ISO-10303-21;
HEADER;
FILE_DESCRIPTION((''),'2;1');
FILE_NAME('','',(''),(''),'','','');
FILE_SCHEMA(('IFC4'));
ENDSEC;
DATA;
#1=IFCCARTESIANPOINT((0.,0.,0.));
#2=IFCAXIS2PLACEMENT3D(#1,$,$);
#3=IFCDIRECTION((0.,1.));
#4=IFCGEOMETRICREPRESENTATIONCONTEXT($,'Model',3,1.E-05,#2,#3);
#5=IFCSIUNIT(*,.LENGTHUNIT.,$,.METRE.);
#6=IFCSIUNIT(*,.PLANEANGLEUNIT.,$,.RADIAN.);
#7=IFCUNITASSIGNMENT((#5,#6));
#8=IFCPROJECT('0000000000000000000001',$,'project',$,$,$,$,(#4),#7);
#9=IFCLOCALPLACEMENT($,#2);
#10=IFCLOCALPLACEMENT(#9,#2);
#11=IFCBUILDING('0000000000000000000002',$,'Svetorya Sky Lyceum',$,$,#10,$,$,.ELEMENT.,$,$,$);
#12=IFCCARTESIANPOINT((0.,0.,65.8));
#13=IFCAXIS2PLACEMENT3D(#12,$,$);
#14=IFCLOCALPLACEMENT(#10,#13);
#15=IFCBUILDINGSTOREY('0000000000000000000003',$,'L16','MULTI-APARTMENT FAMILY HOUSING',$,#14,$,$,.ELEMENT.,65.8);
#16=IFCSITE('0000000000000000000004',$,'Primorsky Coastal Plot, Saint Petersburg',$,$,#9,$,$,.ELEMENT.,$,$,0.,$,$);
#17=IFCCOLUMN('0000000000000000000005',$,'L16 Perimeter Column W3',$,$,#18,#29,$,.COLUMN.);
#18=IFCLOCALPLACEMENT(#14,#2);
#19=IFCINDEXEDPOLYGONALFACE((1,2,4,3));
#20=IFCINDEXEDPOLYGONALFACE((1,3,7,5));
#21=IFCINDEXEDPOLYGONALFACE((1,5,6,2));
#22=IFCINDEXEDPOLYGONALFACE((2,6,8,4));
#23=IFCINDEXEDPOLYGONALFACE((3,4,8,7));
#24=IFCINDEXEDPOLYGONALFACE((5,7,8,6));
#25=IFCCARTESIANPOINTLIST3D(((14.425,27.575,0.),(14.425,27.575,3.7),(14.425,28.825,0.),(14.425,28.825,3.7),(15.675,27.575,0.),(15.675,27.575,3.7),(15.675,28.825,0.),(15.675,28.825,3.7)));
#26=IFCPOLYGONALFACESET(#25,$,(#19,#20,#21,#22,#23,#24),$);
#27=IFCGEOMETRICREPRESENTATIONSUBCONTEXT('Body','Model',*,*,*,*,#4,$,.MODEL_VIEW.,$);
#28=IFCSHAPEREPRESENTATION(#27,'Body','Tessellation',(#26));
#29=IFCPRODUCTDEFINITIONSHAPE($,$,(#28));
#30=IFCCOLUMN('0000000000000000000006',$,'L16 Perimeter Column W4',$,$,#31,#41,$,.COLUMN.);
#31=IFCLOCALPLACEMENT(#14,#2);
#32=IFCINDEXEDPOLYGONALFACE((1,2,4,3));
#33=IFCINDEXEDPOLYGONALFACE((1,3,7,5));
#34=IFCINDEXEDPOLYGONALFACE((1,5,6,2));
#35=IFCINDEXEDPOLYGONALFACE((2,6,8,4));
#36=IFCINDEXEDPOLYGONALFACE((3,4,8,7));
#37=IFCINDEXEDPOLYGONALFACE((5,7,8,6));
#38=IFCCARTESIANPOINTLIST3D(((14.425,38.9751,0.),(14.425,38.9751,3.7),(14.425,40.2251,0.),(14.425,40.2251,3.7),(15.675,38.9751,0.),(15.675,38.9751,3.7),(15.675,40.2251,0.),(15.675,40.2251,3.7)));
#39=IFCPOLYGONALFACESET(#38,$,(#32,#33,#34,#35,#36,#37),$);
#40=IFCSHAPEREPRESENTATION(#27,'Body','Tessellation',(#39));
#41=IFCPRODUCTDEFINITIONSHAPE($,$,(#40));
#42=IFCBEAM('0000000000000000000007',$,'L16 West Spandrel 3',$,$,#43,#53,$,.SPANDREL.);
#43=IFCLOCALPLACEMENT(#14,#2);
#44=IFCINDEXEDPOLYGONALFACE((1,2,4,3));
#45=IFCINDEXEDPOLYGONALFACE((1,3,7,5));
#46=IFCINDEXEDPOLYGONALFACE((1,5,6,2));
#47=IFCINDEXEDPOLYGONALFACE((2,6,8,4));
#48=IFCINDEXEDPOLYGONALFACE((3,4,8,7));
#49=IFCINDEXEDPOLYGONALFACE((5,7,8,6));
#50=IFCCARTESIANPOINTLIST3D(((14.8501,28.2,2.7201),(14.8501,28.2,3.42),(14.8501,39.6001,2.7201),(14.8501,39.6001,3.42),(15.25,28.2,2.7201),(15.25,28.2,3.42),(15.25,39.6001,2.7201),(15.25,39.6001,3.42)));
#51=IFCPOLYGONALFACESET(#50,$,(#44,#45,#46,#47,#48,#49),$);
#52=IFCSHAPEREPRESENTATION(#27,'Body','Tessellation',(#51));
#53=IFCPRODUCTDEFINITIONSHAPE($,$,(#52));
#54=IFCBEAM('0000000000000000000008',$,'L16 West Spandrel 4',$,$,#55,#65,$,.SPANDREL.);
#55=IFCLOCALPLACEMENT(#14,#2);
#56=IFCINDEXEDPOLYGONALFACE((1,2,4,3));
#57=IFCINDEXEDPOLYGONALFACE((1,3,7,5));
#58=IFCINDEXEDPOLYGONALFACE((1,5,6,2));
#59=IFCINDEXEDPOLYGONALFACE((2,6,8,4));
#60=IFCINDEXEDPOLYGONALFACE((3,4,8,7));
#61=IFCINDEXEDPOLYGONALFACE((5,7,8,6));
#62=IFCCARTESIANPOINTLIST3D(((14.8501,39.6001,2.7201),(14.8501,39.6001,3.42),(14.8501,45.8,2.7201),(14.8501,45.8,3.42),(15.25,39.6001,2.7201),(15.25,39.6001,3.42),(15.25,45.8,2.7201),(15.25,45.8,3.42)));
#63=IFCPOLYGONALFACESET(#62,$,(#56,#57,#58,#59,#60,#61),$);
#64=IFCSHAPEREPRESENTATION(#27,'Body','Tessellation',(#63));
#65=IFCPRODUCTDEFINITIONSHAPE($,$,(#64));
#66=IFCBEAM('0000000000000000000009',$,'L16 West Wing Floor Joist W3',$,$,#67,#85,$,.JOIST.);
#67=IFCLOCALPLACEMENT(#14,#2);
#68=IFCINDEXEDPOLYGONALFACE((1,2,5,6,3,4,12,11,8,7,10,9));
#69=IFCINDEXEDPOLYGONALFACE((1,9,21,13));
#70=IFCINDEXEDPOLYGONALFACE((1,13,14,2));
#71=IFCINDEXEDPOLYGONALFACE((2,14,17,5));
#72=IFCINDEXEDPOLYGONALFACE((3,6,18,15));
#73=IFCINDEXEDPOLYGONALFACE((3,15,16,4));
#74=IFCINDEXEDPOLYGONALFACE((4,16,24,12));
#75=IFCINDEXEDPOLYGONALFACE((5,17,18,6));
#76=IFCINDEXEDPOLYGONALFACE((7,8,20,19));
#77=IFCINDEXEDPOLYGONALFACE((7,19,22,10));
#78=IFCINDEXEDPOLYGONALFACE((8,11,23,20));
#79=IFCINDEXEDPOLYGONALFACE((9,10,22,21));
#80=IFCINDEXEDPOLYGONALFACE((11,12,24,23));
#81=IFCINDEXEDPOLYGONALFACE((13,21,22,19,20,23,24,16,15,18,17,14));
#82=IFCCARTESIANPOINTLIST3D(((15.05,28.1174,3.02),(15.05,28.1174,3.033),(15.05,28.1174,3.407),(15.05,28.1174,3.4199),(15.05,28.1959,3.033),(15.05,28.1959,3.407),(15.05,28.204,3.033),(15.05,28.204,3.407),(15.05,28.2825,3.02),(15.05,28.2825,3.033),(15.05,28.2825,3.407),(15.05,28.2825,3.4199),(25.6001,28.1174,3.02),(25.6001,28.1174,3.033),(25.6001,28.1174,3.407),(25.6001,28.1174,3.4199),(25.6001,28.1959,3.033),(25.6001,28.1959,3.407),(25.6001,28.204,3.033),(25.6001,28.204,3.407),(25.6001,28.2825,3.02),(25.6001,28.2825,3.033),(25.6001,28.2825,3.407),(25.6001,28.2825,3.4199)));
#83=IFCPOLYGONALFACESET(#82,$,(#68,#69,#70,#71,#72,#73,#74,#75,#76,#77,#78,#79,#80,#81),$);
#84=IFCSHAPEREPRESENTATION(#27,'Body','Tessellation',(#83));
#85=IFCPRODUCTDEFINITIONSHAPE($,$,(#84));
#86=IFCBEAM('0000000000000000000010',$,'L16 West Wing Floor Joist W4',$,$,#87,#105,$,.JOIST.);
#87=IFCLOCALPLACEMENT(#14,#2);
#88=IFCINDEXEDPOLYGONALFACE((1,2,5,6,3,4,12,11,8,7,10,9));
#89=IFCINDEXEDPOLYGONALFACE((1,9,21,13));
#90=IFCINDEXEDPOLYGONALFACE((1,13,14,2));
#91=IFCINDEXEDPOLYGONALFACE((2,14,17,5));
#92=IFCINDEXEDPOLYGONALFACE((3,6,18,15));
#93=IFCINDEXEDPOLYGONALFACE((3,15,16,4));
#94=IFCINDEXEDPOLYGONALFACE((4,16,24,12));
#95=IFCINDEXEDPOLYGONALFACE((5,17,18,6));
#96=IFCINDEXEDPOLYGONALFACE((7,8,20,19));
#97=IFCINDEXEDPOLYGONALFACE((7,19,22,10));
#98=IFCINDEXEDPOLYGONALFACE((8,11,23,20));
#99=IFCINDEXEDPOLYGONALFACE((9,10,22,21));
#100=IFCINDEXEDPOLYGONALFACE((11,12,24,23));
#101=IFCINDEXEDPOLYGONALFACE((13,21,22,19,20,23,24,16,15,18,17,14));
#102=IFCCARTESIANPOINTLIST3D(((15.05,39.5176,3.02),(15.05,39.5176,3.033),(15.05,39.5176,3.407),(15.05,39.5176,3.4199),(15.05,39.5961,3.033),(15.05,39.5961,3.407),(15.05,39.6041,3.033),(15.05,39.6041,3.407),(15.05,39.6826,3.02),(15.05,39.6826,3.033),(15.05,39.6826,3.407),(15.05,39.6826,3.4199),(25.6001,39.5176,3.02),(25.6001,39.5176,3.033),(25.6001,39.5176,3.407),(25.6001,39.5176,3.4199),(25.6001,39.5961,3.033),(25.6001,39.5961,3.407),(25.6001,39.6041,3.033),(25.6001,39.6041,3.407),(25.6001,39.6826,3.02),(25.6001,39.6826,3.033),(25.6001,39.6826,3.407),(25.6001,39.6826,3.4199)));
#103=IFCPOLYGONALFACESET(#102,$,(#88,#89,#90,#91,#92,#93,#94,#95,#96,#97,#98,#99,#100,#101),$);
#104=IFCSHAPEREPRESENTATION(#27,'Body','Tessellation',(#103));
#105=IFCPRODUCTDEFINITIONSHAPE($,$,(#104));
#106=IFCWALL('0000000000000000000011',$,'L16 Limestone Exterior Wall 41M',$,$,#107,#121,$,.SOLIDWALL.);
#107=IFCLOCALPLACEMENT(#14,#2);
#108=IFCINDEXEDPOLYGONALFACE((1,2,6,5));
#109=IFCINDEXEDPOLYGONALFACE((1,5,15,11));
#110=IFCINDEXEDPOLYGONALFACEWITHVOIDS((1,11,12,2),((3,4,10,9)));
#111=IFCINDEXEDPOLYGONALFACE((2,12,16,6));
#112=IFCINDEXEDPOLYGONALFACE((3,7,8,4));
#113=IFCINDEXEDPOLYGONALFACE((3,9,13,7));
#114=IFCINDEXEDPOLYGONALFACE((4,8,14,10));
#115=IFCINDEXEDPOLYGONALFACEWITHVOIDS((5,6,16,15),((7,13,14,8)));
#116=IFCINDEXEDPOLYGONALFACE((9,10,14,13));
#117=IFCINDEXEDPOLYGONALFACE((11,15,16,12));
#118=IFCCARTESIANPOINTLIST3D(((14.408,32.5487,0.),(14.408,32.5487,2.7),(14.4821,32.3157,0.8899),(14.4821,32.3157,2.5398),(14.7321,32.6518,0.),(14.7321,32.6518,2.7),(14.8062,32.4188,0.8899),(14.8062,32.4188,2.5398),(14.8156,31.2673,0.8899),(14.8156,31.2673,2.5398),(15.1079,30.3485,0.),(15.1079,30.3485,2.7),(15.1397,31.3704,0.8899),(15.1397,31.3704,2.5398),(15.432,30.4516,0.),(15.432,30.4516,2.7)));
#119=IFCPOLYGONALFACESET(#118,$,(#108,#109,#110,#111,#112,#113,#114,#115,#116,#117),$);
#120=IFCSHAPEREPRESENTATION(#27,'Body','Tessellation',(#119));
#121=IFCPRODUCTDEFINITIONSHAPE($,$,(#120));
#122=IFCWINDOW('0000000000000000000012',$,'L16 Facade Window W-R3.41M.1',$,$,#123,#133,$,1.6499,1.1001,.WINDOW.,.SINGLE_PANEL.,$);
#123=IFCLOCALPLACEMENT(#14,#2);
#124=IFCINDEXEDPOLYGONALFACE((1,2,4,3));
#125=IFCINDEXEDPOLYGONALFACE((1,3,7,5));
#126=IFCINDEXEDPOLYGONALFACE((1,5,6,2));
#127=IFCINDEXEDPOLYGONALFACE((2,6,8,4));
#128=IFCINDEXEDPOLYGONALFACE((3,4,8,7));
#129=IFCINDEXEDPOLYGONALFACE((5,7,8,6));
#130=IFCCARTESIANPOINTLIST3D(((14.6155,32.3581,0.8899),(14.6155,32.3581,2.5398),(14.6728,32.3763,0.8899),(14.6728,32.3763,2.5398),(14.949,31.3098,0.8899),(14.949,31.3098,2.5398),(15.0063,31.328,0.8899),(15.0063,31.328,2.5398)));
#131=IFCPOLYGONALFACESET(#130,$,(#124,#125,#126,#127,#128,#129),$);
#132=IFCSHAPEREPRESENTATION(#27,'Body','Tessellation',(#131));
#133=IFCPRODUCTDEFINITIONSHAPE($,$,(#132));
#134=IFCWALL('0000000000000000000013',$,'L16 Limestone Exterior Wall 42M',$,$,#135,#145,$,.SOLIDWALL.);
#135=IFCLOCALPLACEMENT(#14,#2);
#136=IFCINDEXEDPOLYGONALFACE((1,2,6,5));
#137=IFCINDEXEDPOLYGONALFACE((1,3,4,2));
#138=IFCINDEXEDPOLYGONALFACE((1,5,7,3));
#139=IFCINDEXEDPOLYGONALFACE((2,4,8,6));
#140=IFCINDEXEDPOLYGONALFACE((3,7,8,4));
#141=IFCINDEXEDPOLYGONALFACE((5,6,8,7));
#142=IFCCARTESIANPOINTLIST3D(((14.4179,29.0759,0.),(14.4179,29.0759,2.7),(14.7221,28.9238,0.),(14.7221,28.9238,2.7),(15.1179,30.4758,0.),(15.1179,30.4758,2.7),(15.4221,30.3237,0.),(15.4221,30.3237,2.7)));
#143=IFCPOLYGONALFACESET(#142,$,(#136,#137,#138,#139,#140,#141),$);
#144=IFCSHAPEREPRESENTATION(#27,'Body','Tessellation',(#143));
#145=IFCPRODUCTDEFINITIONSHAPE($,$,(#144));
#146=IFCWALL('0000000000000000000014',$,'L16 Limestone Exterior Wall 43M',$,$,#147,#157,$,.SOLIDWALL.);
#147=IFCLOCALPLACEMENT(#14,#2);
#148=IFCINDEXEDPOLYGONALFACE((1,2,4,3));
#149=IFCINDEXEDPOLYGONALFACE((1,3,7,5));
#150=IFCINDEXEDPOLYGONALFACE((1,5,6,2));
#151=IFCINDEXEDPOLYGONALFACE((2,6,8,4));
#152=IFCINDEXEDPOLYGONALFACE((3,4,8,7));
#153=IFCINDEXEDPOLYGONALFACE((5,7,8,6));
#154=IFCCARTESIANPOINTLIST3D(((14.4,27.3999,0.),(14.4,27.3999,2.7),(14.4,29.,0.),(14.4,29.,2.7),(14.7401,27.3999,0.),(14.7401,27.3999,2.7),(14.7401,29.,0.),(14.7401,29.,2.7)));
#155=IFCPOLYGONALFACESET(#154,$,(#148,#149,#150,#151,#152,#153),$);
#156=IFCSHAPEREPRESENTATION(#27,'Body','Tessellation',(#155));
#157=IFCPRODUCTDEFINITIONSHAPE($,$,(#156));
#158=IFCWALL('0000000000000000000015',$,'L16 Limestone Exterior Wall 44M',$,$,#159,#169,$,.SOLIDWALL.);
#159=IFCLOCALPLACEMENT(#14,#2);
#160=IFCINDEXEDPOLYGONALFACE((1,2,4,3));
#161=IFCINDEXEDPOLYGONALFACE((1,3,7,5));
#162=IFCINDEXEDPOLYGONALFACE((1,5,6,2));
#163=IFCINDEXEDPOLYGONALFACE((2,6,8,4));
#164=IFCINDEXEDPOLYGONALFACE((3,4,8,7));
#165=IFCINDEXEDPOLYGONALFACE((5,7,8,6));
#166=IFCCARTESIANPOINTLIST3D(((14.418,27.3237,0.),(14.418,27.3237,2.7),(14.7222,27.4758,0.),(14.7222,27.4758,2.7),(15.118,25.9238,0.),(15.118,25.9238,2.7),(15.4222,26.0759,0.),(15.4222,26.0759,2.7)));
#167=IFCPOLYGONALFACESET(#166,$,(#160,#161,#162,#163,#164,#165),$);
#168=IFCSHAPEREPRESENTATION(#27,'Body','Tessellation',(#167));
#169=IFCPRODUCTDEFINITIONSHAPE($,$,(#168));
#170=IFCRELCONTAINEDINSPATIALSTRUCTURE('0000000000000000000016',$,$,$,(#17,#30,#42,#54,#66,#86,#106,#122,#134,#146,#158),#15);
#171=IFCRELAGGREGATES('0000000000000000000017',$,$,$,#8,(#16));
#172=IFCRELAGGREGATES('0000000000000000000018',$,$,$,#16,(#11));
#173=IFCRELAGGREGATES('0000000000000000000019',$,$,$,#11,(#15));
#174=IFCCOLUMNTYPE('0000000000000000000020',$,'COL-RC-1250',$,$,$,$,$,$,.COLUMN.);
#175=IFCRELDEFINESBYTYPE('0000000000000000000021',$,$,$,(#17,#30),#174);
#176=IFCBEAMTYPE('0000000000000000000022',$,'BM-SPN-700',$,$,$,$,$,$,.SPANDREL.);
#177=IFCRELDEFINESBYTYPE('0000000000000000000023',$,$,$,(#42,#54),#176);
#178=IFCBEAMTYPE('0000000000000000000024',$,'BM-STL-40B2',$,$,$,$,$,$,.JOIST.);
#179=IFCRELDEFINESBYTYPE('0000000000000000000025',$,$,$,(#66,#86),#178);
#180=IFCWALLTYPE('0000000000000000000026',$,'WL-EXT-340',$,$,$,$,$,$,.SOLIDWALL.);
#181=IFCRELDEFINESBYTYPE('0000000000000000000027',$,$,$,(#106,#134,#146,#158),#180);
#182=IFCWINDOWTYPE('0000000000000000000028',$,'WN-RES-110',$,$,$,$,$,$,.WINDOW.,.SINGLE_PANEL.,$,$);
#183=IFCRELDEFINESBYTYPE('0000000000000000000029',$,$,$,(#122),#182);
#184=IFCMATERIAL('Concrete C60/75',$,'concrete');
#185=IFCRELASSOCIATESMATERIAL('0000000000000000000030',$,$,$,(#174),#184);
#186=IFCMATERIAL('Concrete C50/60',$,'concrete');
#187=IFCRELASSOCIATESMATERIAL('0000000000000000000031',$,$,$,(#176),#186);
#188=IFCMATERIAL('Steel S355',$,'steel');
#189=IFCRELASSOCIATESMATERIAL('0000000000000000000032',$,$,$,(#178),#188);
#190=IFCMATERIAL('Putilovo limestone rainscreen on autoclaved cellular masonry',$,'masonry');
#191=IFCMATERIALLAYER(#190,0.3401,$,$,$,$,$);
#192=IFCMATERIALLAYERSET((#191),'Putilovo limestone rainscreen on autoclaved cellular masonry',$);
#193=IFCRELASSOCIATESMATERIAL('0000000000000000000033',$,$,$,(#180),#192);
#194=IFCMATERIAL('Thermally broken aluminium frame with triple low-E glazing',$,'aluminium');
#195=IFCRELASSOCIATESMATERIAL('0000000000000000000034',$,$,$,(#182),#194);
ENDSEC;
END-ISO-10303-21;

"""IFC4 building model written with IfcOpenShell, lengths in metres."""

from ifc_helpers import new_model, si_unit, direction, frame, frame_2d, origin, origin_2d, place, context, subcontext, project, spatial, rectangle, i_section, extrude, material, layer, layer_set, material_profile, profile_set, type_object, element, fill, save


model = new_model("IFC4")

# Units and contexts
model_context = context("Model", 3, precision=1e-05, world=origin(), true_north=direction((0.0, 1.0)))
body_context = subcontext(model_context, "Body", "Model", "MODEL_VIEW")
ifc_project = project(units=[si_unit("LENGTHUNIT", "METRE"), si_unit("PLANEANGLEUNIT", "RADIAN")], contexts=[model_context])

# Site, building, storey
site_placement = place(None, origin())
site = spatial("IfcSite", under=ifc_project, at=site_placement, Name="Primorsky Coastal Plot, Saint Petersburg", CompositionType="ELEMENT", RefElevation=0.0)
building_placement = place(site_placement, origin())
building = spatial("IfcBuilding", under=site, at=building_placement, Name="Svetorya Sky Lyceum", CompositionType="ELEMENT")
storey_placement = place(building_placement, frame((0.0, 0.0, 65.8)))
storey = spatial("IfcBuildingStorey", under=building, at=storey_placement, Name="L16", Description="MULTI-APARTMENT FAMILY HOUSING", CompositionType="ELEMENT", Elevation=65.8)

# Columns
ifc_material_1 = material(Name="Concrete C60/75", Category="concrete")
ifc_material_profile_1 = material_profile(ifc_material_1, rectangle(XDim=1.25, YDim=1.25, at=origin_2d()), Name="RC COL 1250x1250")
ifc_profile_set_1 = profile_set([ifc_material_profile_1], Name="Concrete C60/75")
column_type = type_object("IfcColumnType", Name="COL-RC-1250", PredefinedType="COLUMN", material=ifc_profile_set_1)
for number, where, z_axis, x_axis, name in (
    (1, (15.05, 28.2, 0.0), (0.0, 0.0, 1.0), (1.0, 0.0, 0.0), "L16 Perimeter Column W3"),
    (2, (15.05, 39.6001, 0.0), (0.0, 0.0, 1.0), (1.0, 0.0, 0.0), "L16 Perimeter Column W4"),
):
    element("IfcColumn", number, at=place(storey_placement, frame(where, z_axis=z_axis, x_axis=x_axis)), inside=storey, type_object=column_type, Name=name, PredefinedType="COLUMN", context=body_context, shape_type="SweptSolid", body=[
        extrude(rectangle(XDim=1.25, YDim=1.25, at=origin_2d()), origin(), (0.0, 0.0, 1.0), 3.7),
    ])

# Beams
ifc_material_2 = material(Name="Concrete C50/60", Category="concrete")
ifc_material_profile_2 = material_profile(ifc_material_2, rectangle(XDim=0.3999, YDim=0.7, at=origin_2d()), Name="RC SPANDREL 400x700")
ifc_profile_set_2 = profile_set([ifc_material_profile_2], Name="Concrete C50/60")
beam_type_1 = type_object("IfcBeamType", Name="BM-SPN-700", PredefinedType="SPANDREL", material=ifc_profile_set_2)
beam_1_placement = place(storey_placement, frame((15.05, 28.2, 3.0701), z_axis=(0.0, 1.0, 0.0), x_axis=(-1.0, 0.0, 0.0)))
element("IfcBeam", 3, at=beam_1_placement, inside=storey, type_object=beam_type_1, Name="L16 West Spandrel 3", PredefinedType="SPANDREL", context=body_context, shape_type="SweptSolid", body=[
    extrude(rectangle(XDim=0.3999, YDim=0.7, at=origin_2d()), origin(), (0.0, 0.0, 1.0), 11.4001),
])
beam_2_placement = place(storey_placement, frame((15.05, 39.6001, 3.0701), z_axis=(0.0, 1.0, 0.0), x_axis=(-1.0, 0.0, 0.0)))
element("IfcBeam", 4, at=beam_2_placement, inside=storey, type_object=beam_type_1, Name="L16 West Spandrel 4", PredefinedType="SPANDREL", context=body_context, shape_type="SweptSolid", body=[
    extrude(rectangle(XDim=0.3999, YDim=0.7, at=origin_2d()), origin(), (0.0, 0.0, 1.0), 6.2),
])
ifc_material_3 = material(Name="Steel S355", Category="steel")
ifc_material_profile_3 = material_profile(ifc_material_3, i_section(OverallWidth=0.165, OverallDepth=0.3999, WebThickness=0.0081, FlangeThickness=0.0129, at=origin_2d()), Name="GOST 40B2")
ifc_profile_set_3 = profile_set([ifc_material_profile_3], Name="Steel S355")
beam_type_2 = type_object("IfcBeamType", Name="BM-STL-40B2", PredefinedType="JOIST", material=ifc_profile_set_3)
for number, where, z_axis, x_axis, name in (
    (5, (15.05, 28.2, 3.22), (1.0, 0.0, 0.0), (0.0, 1.0, 0.0), "L16 West Wing Floor Joist W3"),
    (6, (15.05, 39.6001, 3.22), (1.0, 0.0, 0.0), (0.0, 1.0, 0.0), "L16 West Wing Floor Joist W4"),
):
    element("IfcBeam", number, at=place(storey_placement, frame(where, z_axis=z_axis, x_axis=x_axis)), inside=storey, type_object=beam_type_2, Name=name, PredefinedType="JOIST", context=body_context, shape_type="SweptSolid", body=[
        extrude(i_section(OverallWidth=0.165, OverallDepth=0.3999, WebThickness=0.0081, FlangeThickness=0.0129, at=origin_2d()), origin(), (0.0, 0.0, 1.0), 10.55),
    ])

# Wall, opening, window
ifc_material_4 = material(Name="Putilovo limestone rainscreen on autoclaved cellular masonry", Category="masonry")
ifc_layer_1 = layer(ifc_material_4, 0.3401)
ifc_layer_set_1 = layer_set([ifc_layer_1], Name="Putilovo limestone rainscreen on autoclaved cellular masonry")
wall_type_1 = type_object("IfcWallType", Name="WL-EXT-340", PredefinedType="SOLIDWALL", material=ifc_layer_set_1)
wall_1_placement = place(storey_placement, frame((14.5701, 32.6001, 0.0), z_axis=(0.0, 0.0, 1.0), x_axis=(0.30316, -0.95294, 0.0)))
wall_1 = element("IfcWall", 7, at=wall_1_placement, inside=storey, type_object=wall_type_1, Name="L16 Limestone Exterior Wall 41M", PredefinedType="SOLIDWALL", context=body_context, shape_type="SweptSolid", body=[
    extrude(rectangle(XDim=2.3088, YDim=0.3401, at=frame_2d((1.1543, 0.0))), origin(), (0.0, 0.0, 1.0), 2.7),
])
opening_1_placement = place(wall_1_placement, frame((0.2444, 0.0, 0.8899)))
opening_1 = element("IfcOpeningElement", 8, at=opening_1_placement, cuts=wall_1, PredefinedType="OPENING", context=body_context, shape_type="SweptSolid", body=[
    extrude(rectangle(XDim=1.1001, YDim=1.6499, at=frame_2d((0.55, 0.825))), frame((0.0, 0.1799, 0.0), z_axis=(0.0, -1.0, 0.0), x_axis=(1.0, 0.0, 0.0)), (0.0, 0.0, 1.0), 0.3601),
])
ifc_material_5 = material(Name="Thermally broken aluminium frame with triple low-E glazing", Category="aluminium")
window_type_1 = type_object("IfcWindowType", Name="WN-RES-110", PartitioningType="SINGLE_PANEL", PredefinedType="WINDOW", material=ifc_material_5)
window_1_placement = place(opening_1_placement, origin())
window_1 = element("IfcWindow", 9, at=window_1_placement, inside=storey, type_object=window_type_1, Name="L16 Facade Window W-R3.41M.1", OverallHeight=1.6499, OverallWidth=1.1001, PartitioningType="SINGLE_PANEL", PredefinedType="WINDOW", context=body_context, shape_type="SweptSolid", body=[
    extrude(rectangle(XDim=1.1001, YDim=1.6499, at=frame_2d((0.55, 0.825))), frame((0.0, 0.03, 0.0), z_axis=(0.0, -1.0, 0.0), x_axis=(1.0, 0.0, 0.0)), (0.0, 0.0, 1.0), 0.0601),
])
fill(opening_1, window_1)

# Walls
wall_2_placement = place(storey_placement, frame((15.27, 30.3999, 0.0), z_axis=(0.0, 0.0, 1.0), x_axis=(-0.447214, -0.894427, 0.0)))
element("IfcWall", 10, at=wall_2_placement, inside=storey, type_object=wall_type_1, Name="L16 Limestone Exterior Wall 42M", PredefinedType="SOLIDWALL", context=body_context, shape_type="SweptSolid", body=[
    extrude(rectangle(XDim=1.5652, YDim=0.3401, at=frame_2d((0.7827, 0.0))), origin(), (0.0, 0.0, 1.0), 2.7),
])
wall_3_placement = place(storey_placement, frame((14.5701, 29.0, 0.0), z_axis=(0.0, 0.0, 1.0), x_axis=(0.0, -1.0, 0.0)))
element("IfcWall", 11, at=wall_3_placement, inside=storey, type_object=wall_type_1, Name="L16 Limestone Exterior Wall 43M", PredefinedType="SOLIDWALL", context=body_context, shape_type="SweptSolid", body=[
    extrude(rectangle(XDim=1.6001, YDim=0.3401, at=frame_2d((0.8, 0.0))), origin(), (0.0, 0.0, 1.0), 2.7),
])
wall_4_placement = place(storey_placement, frame((14.5701, 27.3999, 0.0), z_axis=(0.0, 0.0, 1.0), x_axis=(0.447214, -0.894427, 0.0)))
element("IfcWall", 12, at=wall_4_placement, inside=storey, type_object=wall_type_1, Name="L16 Limestone Exterior Wall 44M", PredefinedType="SOLIDWALL", context=body_context, shape_type="SweptSolid", body=[
    extrude(rectangle(XDim=1.5652, YDim=0.3401, at=frame_2d((0.7827, 0.0))), origin(), (0.0, 0.0, 1.0), 2.7),
])

save(model, "model.ifc")
